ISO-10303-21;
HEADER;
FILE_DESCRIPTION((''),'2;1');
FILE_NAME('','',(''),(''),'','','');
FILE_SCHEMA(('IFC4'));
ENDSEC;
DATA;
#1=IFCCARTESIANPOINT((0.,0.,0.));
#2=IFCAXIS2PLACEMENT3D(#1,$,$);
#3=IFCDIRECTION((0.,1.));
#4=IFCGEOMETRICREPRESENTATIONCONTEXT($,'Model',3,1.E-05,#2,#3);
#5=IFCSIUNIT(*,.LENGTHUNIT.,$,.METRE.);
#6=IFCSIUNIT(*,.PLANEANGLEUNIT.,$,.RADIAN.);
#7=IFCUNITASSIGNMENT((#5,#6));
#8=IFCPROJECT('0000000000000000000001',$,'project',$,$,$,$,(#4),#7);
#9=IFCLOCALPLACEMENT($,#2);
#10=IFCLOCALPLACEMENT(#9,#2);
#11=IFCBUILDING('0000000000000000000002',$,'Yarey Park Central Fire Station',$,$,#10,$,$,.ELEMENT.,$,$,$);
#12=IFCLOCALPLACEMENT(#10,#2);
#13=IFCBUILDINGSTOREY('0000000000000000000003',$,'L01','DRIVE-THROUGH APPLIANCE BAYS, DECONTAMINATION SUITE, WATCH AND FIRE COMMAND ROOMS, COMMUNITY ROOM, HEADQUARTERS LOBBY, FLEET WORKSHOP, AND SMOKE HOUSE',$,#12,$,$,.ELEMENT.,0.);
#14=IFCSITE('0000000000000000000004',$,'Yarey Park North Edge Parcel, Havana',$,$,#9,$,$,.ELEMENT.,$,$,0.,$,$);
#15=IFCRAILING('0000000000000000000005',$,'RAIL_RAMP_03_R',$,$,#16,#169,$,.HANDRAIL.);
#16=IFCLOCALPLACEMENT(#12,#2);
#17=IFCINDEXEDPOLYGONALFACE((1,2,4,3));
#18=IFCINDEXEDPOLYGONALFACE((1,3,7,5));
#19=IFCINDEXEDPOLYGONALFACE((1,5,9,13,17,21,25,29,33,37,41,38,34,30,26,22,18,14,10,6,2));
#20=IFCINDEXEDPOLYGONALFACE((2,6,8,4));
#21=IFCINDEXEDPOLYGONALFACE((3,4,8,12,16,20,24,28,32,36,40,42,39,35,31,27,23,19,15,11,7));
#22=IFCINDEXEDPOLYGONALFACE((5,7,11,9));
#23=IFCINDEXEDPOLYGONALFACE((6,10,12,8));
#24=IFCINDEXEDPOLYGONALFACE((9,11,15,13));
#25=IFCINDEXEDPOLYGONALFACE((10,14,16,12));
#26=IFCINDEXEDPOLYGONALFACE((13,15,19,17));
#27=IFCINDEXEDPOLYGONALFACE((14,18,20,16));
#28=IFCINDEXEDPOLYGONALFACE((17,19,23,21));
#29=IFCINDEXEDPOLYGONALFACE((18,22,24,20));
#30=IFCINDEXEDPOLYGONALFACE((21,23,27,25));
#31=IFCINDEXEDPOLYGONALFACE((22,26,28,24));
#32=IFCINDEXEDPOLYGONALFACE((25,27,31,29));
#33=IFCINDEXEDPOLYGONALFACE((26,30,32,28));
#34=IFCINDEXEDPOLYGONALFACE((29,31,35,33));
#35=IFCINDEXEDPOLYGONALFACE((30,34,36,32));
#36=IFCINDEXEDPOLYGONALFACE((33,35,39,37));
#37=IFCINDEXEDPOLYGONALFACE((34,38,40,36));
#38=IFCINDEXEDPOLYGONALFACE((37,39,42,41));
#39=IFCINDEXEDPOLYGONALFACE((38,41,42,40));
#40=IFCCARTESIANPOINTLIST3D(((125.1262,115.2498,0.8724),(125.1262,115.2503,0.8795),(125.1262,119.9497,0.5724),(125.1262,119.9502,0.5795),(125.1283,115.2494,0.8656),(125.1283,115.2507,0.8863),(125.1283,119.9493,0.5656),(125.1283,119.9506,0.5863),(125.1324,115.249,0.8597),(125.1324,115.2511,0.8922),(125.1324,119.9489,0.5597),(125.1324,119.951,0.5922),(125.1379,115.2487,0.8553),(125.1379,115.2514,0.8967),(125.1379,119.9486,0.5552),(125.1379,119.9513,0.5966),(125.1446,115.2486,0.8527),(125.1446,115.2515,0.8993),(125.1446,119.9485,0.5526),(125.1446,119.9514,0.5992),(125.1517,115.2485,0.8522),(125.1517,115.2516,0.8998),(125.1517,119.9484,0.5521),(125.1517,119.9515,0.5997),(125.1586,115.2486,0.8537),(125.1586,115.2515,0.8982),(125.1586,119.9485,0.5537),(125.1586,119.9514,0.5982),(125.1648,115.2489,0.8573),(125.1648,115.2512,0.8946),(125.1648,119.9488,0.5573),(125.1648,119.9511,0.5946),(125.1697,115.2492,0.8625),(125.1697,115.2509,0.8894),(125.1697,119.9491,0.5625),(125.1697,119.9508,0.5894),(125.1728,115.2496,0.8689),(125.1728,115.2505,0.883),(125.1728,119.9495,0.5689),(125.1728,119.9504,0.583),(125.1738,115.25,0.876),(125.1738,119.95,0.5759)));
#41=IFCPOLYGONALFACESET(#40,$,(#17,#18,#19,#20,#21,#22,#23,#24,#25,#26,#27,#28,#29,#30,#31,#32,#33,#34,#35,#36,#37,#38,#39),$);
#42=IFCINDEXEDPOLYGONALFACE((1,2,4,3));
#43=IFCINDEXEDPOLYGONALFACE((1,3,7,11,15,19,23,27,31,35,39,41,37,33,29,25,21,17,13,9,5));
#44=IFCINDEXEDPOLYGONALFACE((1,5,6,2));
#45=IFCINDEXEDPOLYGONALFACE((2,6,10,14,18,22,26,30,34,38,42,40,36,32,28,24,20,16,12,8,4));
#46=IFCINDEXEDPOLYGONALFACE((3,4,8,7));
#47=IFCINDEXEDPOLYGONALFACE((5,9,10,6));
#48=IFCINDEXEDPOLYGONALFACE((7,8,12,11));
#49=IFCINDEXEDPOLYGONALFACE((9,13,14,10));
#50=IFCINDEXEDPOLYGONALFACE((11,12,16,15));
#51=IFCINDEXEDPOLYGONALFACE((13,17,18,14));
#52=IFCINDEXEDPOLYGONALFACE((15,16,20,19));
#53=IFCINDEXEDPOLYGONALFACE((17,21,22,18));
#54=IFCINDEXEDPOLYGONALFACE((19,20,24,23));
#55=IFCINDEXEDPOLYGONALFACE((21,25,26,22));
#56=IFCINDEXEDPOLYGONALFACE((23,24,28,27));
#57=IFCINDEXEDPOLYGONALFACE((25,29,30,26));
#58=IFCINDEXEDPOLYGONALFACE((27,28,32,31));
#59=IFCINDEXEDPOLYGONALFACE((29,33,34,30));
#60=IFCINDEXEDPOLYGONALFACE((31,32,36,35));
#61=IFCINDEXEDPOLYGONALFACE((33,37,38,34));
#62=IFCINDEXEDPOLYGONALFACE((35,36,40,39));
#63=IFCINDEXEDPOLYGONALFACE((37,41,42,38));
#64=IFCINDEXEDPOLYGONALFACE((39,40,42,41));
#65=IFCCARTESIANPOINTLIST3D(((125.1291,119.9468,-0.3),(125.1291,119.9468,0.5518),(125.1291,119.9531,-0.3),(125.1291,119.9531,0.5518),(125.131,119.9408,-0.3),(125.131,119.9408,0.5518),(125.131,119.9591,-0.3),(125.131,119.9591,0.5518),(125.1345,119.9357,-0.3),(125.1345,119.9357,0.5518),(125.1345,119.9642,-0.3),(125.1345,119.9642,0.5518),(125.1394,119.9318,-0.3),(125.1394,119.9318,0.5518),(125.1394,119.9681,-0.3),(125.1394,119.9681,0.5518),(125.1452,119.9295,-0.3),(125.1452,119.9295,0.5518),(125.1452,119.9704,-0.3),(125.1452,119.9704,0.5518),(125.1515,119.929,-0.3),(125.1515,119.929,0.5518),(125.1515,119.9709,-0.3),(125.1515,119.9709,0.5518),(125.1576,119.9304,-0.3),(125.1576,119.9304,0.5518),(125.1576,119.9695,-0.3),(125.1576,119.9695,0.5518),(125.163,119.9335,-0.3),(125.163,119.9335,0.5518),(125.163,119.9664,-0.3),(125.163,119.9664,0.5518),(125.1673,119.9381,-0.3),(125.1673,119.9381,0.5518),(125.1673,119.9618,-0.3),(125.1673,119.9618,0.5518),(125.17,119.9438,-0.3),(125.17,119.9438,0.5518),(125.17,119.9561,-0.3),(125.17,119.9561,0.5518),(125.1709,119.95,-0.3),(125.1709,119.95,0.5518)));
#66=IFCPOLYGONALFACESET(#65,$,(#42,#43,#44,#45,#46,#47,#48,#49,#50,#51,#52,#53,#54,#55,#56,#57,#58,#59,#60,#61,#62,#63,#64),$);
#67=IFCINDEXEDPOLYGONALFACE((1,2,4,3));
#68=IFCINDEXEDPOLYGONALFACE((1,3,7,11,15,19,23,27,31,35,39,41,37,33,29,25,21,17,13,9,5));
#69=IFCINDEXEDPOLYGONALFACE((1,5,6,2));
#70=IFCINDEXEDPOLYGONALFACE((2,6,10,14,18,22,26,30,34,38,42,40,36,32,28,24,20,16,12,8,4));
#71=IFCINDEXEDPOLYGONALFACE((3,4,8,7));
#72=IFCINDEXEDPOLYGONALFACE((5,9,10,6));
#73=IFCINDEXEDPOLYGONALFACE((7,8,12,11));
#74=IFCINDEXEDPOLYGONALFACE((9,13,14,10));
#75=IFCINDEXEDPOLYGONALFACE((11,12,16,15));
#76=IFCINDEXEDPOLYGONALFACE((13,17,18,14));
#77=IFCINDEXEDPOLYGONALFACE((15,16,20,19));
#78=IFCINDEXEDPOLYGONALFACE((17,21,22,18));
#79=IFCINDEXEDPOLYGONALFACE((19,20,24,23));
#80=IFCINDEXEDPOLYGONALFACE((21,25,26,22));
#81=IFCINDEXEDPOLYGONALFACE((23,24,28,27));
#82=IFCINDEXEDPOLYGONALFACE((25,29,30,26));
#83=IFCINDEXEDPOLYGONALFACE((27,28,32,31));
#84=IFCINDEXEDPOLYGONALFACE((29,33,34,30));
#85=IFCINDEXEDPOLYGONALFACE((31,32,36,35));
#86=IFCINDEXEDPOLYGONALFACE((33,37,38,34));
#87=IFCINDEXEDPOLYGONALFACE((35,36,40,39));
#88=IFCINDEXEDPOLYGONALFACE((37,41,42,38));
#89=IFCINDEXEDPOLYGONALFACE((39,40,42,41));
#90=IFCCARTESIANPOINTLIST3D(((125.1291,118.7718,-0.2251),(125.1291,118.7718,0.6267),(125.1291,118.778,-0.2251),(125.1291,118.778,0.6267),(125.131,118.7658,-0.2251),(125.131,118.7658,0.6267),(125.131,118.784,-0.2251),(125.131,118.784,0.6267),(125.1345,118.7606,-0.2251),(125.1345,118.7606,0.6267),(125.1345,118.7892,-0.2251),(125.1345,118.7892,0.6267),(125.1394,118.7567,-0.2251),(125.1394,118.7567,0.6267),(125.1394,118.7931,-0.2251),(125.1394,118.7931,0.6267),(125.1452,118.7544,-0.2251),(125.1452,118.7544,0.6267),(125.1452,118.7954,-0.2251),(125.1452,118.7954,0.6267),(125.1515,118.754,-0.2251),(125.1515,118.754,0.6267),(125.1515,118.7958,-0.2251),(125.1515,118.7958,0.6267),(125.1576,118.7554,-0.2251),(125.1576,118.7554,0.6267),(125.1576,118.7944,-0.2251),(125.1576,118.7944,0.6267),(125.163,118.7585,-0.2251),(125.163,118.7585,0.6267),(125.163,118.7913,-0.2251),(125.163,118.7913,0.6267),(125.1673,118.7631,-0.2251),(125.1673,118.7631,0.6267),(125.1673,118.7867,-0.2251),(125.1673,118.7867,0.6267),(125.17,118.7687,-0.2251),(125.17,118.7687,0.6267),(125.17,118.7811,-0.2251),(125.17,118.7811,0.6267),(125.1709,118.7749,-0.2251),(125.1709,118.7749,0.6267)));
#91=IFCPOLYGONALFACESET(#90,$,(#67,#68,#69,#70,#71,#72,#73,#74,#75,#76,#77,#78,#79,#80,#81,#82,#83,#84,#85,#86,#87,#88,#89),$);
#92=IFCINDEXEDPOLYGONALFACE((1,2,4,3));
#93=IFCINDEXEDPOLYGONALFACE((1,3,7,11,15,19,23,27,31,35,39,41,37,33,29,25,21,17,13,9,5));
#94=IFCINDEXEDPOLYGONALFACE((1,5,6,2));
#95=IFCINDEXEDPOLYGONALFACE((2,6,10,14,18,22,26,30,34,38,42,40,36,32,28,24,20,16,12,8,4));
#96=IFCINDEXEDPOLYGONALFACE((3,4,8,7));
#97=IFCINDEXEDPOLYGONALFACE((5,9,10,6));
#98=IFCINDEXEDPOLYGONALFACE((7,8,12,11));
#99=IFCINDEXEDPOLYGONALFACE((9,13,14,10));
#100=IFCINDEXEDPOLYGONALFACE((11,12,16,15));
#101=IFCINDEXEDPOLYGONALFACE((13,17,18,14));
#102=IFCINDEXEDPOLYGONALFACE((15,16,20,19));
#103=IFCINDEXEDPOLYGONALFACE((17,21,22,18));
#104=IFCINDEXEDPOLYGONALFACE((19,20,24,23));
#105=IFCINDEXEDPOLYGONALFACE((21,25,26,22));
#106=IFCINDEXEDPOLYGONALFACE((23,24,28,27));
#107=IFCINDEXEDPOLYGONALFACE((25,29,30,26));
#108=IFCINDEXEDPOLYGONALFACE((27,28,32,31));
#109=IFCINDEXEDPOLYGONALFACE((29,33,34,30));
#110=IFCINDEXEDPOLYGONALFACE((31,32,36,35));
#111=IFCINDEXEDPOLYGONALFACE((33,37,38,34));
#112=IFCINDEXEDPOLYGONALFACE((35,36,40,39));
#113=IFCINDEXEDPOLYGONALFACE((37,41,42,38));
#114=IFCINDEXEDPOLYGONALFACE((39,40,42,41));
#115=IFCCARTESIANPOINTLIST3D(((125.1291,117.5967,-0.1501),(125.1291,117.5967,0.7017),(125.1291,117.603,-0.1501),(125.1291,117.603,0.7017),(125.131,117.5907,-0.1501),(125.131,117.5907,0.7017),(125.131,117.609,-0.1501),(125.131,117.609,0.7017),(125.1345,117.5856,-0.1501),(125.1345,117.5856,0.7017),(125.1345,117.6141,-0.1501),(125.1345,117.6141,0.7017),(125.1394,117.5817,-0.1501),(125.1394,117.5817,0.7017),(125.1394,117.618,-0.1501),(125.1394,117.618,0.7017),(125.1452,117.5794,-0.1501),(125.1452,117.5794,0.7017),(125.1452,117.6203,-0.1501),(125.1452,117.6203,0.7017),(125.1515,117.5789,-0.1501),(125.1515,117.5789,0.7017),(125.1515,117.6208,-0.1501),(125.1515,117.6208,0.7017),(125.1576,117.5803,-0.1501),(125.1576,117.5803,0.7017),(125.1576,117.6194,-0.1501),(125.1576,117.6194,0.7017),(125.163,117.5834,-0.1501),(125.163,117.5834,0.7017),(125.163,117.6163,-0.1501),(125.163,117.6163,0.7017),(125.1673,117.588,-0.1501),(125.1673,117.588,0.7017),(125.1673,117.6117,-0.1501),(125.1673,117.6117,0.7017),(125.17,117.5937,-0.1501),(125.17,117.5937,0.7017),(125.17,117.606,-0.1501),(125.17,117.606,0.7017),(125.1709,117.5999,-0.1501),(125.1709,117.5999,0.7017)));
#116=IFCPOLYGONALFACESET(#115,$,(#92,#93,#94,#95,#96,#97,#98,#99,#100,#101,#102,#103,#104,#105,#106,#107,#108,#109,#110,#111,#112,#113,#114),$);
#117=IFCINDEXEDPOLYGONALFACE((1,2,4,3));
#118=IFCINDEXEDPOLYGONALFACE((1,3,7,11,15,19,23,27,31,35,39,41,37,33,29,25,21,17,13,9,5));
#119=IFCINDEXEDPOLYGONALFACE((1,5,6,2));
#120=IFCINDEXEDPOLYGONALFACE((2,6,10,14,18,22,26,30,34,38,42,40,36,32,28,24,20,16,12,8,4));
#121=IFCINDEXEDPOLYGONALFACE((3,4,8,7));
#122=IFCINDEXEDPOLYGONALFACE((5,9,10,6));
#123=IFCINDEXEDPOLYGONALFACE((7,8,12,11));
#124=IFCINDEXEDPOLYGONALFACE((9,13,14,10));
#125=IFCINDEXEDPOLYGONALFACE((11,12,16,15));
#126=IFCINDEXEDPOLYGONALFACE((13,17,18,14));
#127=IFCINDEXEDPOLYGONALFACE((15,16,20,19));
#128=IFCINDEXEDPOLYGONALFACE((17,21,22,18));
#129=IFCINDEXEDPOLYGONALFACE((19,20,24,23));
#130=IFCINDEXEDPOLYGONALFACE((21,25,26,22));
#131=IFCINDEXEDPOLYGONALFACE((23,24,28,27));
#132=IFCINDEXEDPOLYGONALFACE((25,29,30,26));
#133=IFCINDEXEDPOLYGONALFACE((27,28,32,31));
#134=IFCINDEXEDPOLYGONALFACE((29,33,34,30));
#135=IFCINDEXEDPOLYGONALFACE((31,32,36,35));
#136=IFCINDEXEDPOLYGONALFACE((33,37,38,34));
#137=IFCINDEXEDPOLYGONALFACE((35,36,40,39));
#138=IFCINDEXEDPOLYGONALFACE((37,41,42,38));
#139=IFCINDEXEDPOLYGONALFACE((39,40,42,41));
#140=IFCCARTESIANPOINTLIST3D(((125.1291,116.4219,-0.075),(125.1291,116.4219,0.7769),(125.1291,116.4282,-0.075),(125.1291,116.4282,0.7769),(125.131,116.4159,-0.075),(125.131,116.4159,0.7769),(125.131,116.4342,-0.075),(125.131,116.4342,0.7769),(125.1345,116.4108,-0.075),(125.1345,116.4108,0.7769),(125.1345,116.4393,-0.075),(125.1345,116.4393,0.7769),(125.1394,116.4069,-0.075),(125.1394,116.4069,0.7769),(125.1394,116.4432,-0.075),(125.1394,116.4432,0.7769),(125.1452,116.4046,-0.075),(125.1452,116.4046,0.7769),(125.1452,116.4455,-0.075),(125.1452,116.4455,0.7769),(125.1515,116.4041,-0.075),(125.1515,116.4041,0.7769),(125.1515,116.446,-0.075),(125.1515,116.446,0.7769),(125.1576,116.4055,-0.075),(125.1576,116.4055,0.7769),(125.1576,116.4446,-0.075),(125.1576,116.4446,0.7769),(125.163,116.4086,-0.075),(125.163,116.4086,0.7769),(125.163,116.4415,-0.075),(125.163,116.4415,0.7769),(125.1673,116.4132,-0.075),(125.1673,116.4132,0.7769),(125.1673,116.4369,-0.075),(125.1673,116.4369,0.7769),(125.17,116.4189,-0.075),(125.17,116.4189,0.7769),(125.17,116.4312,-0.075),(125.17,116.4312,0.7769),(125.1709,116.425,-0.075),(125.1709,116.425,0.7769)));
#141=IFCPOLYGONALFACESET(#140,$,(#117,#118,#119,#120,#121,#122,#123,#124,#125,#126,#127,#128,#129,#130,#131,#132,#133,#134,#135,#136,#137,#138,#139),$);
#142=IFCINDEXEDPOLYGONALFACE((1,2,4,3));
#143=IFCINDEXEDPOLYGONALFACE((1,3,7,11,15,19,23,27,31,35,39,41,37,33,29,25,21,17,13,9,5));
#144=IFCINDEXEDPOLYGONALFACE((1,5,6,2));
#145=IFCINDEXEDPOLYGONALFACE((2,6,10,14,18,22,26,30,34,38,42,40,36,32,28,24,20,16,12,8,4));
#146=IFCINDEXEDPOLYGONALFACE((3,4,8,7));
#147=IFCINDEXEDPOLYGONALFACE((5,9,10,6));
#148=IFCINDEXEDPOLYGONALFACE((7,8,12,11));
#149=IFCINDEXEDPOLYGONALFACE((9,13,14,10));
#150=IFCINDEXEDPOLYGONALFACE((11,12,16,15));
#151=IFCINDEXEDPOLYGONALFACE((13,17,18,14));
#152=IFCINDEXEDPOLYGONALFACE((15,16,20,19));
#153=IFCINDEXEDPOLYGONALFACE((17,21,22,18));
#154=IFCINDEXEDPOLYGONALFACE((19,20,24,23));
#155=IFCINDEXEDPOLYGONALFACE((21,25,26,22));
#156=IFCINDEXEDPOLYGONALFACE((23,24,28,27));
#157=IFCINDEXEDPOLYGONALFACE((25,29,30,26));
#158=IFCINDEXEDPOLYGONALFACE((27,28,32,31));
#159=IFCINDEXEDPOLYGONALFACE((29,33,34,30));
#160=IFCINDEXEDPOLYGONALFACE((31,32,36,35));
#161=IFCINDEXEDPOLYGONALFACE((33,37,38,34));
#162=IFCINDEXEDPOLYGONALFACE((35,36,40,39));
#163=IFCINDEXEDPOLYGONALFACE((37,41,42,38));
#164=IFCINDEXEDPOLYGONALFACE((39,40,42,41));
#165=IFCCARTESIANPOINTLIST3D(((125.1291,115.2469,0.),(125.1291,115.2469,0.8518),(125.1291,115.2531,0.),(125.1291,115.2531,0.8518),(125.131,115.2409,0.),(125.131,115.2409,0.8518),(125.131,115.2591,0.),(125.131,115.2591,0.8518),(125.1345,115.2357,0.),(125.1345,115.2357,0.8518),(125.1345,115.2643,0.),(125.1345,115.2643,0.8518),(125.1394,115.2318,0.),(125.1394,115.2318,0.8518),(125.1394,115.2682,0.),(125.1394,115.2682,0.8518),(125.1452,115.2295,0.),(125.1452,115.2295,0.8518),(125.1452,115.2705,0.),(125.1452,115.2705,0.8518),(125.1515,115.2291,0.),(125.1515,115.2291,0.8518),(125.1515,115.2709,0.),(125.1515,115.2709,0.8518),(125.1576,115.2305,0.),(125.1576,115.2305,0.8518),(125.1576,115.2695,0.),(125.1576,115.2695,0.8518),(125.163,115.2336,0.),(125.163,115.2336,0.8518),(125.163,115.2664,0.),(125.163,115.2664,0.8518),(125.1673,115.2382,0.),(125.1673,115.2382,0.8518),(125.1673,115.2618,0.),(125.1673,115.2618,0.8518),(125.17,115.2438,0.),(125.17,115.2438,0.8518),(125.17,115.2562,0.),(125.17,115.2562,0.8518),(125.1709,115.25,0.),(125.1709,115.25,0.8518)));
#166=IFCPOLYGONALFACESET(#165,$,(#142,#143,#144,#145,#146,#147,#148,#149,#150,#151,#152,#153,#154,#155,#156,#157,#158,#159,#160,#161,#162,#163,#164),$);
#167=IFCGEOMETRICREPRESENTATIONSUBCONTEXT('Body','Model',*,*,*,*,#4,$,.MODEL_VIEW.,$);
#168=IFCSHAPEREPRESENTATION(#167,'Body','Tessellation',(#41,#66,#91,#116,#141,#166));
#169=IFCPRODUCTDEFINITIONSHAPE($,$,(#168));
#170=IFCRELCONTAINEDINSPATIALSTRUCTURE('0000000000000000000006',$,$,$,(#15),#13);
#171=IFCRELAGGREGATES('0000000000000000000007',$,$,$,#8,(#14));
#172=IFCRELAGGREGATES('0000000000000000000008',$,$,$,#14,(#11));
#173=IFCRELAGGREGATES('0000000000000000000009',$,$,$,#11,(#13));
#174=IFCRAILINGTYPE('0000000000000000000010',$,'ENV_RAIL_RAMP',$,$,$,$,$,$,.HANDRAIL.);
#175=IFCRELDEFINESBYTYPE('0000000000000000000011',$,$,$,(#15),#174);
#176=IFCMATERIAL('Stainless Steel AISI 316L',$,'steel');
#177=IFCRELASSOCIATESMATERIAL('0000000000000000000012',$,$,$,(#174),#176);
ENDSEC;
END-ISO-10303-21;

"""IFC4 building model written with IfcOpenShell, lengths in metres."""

from ifc_helpers import new_model, si_unit, direction, frame, origin, origin_2d, place, context, subcontext, project, spatial, circle, extrude, material, type_object, element, save


model = new_model("IFC4")

# Units and contexts
model_context = context("Model", 3, precision=1e-05, world=origin(), true_north=direction((0.0, 1.0)))
body_context = subcontext(model_context, "Body", "Model", "MODEL_VIEW")
ifc_project = project(units=[si_unit("LENGTHUNIT", "METRE"), si_unit("PLANEANGLEUNIT", "RADIAN")], contexts=[model_context])

# Site, building, storey
site_placement = place(None, origin())
site = spatial("IfcSite", under=ifc_project, at=site_placement, Name="Yarey Park North Edge Parcel, Havana", CompositionType="ELEMENT", RefElevation=0.0)
building_placement = place(site_placement, origin())
building = spatial("IfcBuilding", under=site, at=building_placement, Name="Yarey Park Central Fire Station", CompositionType="ELEMENT")
storey_placement = place(building_placement, origin())
storey = spatial("IfcBuildingStorey", under=building, at=storey_placement, Name="L01", Description="DRIVE-THROUGH APPLIANCE BAYS, DECONTAMINATION SUITE, WATCH AND FIRE COMMAND ROOMS, COMMUNITY ROOM, HEADQUARTERS LOBBY, FLEET WORKSHOP, AND SMOKE HOUSE", CompositionType="ELEMENT", Elevation=0.0)

# Railing
ifc_material_1 = material(Name="Stainless Steel AISI 316L", Category="steel")
railing_type = type_object("IfcRailingType", Name="ENV_RAIL_RAMP", PredefinedType="HANDRAIL", material=ifc_material_1)
for number, where, name in (
    (1, (125.1499, 119.95, -0.3), "RAIL_RAMP_03_R"),
):
    element("IfcRailing", number, at=place(storey_placement, frame(where)), inside=storey, type_object=railing_type, Name=name, PredefinedType="HANDRAIL", context=body_context, shape_type="SweptSolid", body=[
        extrude(circle(Radius=0.0239, at=origin_2d()), frame((0.0, 0.0, 0.876), z_axis=(0.0, -0.997968, 0.063711), x_axis=(1.0, 0.0, 0.0)), (0.0, 0.0, 1.0), 4.7095),
        extrude(circle(Radius=0.021, at=origin_2d()), origin(), (0.0, 0.0, 1.0), 0.8518),
        extrude(circle(Radius=0.021, at=origin_2d()), frame((0.0, -1.175, 0.075)), (0.0, 0.0, 1.0), 0.8518),
        extrude(circle(Radius=0.021, at=origin_2d()), frame((0.0, -2.3501, 0.1499)), (0.0, 0.0, 1.0), 0.8518),
        extrude(circle(Radius=0.021, at=origin_2d()), frame((0.0, -3.5249, 0.2251)), (0.0, 0.0, 1.0), 0.8518),
        extrude(circle(Radius=0.021, at=origin_2d()), frame((0.0, -4.7, 0.3)), (0.0, 0.0, 1.0), 0.8518),
    ])

save(model, "model.ifc")
